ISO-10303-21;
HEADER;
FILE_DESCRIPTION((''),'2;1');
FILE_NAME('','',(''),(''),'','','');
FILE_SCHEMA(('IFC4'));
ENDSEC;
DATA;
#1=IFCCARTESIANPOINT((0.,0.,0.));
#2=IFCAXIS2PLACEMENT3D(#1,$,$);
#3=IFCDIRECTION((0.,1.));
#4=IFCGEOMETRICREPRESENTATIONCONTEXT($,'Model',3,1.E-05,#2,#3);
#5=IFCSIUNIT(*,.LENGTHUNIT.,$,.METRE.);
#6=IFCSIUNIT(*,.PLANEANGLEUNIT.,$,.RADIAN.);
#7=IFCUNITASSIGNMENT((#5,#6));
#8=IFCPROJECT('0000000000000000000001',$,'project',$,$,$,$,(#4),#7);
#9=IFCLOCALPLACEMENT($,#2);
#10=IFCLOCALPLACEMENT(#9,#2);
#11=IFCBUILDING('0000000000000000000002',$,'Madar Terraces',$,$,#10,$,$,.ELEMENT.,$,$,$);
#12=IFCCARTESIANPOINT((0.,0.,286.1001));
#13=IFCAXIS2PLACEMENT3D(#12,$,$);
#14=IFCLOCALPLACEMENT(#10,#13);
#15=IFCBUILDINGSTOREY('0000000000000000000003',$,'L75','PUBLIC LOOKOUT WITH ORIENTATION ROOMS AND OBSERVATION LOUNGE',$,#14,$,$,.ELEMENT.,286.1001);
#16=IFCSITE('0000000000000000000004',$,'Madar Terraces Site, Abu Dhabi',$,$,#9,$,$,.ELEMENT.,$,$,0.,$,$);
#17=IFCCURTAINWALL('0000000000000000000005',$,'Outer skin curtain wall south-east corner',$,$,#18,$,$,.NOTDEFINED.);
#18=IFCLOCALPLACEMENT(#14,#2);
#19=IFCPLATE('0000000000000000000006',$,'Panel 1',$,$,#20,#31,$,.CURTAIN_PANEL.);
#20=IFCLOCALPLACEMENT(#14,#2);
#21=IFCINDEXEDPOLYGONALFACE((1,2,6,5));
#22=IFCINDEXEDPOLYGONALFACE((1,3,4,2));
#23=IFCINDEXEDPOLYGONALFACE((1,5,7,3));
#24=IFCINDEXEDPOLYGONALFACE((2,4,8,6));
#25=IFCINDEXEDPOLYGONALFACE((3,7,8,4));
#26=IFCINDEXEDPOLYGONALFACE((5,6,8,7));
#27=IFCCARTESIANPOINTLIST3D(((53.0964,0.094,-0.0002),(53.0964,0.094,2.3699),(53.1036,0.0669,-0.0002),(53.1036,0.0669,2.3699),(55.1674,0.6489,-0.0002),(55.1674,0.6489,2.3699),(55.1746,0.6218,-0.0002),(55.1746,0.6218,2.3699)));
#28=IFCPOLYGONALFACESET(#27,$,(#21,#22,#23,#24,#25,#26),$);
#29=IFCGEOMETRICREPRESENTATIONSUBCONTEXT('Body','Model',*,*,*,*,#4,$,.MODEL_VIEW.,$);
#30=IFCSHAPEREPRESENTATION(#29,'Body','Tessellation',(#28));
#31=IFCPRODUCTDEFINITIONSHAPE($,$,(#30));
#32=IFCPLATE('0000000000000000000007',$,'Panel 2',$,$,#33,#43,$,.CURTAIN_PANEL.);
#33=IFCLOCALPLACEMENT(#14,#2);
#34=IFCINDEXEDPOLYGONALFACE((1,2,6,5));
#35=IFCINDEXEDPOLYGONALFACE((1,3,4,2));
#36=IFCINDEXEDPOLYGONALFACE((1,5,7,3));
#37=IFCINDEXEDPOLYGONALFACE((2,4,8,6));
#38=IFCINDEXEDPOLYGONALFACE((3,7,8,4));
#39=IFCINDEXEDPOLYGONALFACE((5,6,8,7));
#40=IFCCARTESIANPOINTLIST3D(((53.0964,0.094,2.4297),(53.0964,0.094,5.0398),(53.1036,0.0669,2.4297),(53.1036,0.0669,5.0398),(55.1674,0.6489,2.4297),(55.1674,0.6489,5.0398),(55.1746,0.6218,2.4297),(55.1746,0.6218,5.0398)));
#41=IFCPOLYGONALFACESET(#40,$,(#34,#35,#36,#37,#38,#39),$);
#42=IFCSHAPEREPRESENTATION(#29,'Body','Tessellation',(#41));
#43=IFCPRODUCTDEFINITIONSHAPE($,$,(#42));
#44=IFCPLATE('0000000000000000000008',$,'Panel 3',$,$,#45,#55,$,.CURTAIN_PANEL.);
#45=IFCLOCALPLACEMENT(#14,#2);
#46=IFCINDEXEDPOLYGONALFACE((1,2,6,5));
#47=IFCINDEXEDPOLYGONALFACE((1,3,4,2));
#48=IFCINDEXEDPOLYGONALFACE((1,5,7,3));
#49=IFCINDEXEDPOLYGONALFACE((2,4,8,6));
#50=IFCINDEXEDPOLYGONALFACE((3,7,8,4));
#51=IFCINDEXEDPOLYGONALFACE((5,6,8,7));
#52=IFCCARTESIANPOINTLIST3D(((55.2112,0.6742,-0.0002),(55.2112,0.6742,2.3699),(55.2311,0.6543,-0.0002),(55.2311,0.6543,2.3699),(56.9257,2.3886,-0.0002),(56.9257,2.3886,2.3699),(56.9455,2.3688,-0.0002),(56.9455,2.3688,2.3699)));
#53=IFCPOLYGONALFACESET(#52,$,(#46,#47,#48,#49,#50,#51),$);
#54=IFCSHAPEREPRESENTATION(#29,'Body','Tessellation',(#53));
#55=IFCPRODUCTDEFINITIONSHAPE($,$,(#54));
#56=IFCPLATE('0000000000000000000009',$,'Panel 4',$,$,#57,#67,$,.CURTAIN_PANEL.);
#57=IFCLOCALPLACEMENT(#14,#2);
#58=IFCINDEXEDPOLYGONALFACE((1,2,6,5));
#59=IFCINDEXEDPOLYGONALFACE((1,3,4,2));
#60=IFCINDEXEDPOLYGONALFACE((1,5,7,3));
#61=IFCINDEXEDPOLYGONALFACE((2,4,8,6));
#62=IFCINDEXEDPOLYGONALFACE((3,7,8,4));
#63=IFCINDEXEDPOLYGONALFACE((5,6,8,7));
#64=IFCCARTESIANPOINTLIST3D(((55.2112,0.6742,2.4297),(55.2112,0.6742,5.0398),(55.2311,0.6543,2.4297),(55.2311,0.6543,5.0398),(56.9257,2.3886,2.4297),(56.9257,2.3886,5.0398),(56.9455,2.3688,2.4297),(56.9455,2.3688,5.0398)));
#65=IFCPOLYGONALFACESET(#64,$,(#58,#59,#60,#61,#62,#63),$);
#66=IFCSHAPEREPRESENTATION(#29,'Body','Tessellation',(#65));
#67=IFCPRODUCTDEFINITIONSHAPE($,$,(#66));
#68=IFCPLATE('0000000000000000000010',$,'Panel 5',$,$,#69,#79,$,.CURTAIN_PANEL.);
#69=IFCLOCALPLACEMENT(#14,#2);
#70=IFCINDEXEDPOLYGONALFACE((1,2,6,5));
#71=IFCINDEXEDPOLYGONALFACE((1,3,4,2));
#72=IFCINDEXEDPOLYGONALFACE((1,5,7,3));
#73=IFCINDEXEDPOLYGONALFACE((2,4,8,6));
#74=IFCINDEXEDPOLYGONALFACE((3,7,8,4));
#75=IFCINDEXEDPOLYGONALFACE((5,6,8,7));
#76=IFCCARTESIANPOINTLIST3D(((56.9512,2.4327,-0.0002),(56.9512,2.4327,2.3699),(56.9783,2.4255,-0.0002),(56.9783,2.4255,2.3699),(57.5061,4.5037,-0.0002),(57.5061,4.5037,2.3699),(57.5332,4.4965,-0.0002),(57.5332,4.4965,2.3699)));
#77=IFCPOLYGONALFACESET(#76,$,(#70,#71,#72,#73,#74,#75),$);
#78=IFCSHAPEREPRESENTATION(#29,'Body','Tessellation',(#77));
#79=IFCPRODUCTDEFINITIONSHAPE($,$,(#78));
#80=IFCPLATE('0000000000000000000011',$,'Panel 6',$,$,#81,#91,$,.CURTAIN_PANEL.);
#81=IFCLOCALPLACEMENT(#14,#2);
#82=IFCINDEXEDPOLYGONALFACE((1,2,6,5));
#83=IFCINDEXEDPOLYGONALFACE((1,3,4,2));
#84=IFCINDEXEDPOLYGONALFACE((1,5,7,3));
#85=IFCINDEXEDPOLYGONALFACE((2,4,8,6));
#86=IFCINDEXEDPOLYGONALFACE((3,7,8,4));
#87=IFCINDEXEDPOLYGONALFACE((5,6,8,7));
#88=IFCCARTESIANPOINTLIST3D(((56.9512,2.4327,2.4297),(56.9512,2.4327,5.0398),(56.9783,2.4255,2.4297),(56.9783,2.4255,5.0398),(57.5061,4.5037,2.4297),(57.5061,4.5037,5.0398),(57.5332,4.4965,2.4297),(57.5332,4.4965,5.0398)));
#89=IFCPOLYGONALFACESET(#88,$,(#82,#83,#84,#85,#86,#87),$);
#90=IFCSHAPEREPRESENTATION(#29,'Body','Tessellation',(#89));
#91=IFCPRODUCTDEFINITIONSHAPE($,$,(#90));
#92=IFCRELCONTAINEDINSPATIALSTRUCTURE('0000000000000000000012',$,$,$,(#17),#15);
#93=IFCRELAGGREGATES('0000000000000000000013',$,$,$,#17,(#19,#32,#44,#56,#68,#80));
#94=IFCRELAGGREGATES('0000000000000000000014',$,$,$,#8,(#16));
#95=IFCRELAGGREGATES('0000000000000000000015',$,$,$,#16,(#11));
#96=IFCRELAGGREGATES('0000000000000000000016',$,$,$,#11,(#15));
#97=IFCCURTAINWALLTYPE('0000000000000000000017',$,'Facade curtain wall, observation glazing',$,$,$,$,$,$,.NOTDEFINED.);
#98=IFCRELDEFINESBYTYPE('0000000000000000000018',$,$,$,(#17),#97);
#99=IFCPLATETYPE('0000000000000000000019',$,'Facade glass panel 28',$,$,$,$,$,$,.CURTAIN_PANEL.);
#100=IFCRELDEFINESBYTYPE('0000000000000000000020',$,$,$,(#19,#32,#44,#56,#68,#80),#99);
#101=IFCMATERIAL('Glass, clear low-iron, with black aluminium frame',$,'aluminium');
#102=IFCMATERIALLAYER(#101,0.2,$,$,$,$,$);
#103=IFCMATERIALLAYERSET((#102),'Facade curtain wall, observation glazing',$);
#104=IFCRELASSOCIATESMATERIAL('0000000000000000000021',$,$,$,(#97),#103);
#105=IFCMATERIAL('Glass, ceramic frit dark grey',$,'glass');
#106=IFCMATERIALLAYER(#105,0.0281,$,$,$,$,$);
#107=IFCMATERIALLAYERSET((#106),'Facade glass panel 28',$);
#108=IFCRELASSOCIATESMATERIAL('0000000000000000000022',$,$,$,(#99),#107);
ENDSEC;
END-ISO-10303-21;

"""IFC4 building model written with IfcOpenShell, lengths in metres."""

from ifc_helpers import new_model, si_unit, direction, frame, origin, origin_2d, place, context, subcontext, project, spatial, rectangle, extrude, material, layer, layer_set, type_object, element, aggregate, save


model = new_model("IFC4")

# Units and contexts
model_context = context("Model", 3, precision=1e-05, world=origin(), true_north=direction((0.0, 1.0)))
body_context = subcontext(model_context, "Body", "Model", "MODEL_VIEW")
ifc_project = project(units=[si_unit("LENGTHUNIT", "METRE"), si_unit("PLANEANGLEUNIT", "RADIAN")], contexts=[model_context])

# Site, building, storey
site_placement = place(None, origin())
site = spatial("IfcSite", under=ifc_project, at=site_placement, Name="Madar Terraces Site, Abu Dhabi", CompositionType="ELEMENT", RefElevation=0.0)
building_placement = place(site_placement, origin())
building = spatial("IfcBuilding", under=site, at=building_placement, Name="Madar Terraces", CompositionType="ELEMENT")
storey_placement = place(building_placement, frame((0.0, 0.0, 286.1001)))
storey = spatial("IfcBuildingStorey", under=building, at=storey_placement, Name="L75", Description="PUBLIC LOOKOUT WITH ORIENTATION ROOMS AND OBSERVATION LOUNGE", CompositionType="ELEMENT", Elevation=286.1001)

# Curtain wall
ifc_material_1 = material(Name="Glass, clear low-iron, with black aluminium frame", Category="aluminium")
ifc_layer_1 = layer(ifc_material_1, 0.2)
ifc_layer_set_1 = layer_set([ifc_layer_1], Name="Facade curtain wall, observation glazing")
curtain_wall_type = type_object("IfcCurtainWallType", Name="Facade curtain wall, observation glazing", PredefinedType="NOTDEFINED", material=ifc_layer_set_1)
curtain_wall_1_placement = place(storey_placement, origin())
curtain_wall_1 = element("IfcCurtainWall", 1, at=curtain_wall_1_placement, inside=storey, type_object=curtain_wall_type, Name="Outer skin curtain wall south-east corner", PredefinedType="NOTDEFINED")

# Plates
ifc_material_2 = material(Name="Glass, ceramic frit dark grey", Category="glass")
ifc_layer_2 = layer(ifc_material_2, 0.0281)
ifc_layer_set_2 = layer_set([ifc_layer_2], Name="Facade glass panel 28")
plate_type = type_object("IfcPlateType", Name="Facade glass panel 28", PredefinedType="CURTAIN_PANEL", material=ifc_layer_set_2)
plate_1_placement = place(storey_placement, frame((54.1355, 0.3579, -0.0002), z_axis=(0.0, 0.0, 1.0), x_axis=(0.965926, 0.258819, 0.0)))
plate_1 = element("IfcPlate", 2, at=plate_1_placement, type_object=plate_type, Name="Panel 1", PredefinedType="CURTAIN_PANEL", context=body_context, shape_type="SweptSolid", body=[
    extrude(rectangle(XDim=2.144, YDim=0.0281, at=origin_2d()), origin(), (0.0, 0.0, 1.0), 2.3701),
])
plate_2_placement = place(storey_placement, frame((54.1355, 0.3579, 2.4297), z_axis=(0.0, 0.0, 1.0), x_axis=(0.965926, 0.258819, 0.0)))
plate_2 = element("IfcPlate", 3, at=plate_2_placement, type_object=plate_type, Name="Panel 2", PredefinedType="CURTAIN_PANEL", context=body_context, shape_type="SweptSolid", body=[
    extrude(rectangle(XDim=2.144, YDim=0.0281, at=origin_2d()), origin(), (0.0, 0.0, 1.0), 2.6101),
])
plate_3_placement = place(storey_placement, frame((56.0784, 1.5215, -0.0002), z_axis=(0.0, 0.0, 1.0), x_axis=(0.707107, 0.707107, 0.0)))
plate_3 = element("IfcPlate", 4, at=plate_3_placement, type_object=plate_type, Name="Panel 3", PredefinedType="CURTAIN_PANEL", context=body_context, shape_type="SweptSolid", body=[
    extrude(rectangle(XDim=2.4246, YDim=0.0281, at=origin_2d()), origin(), (0.0, 0.0, 1.0), 2.3701),
])
plate_4_placement = place(storey_placement, frame((56.0784, 1.5215, 2.4297), z_axis=(0.0, 0.0, 1.0), x_axis=(0.707107, 0.707107, 0.0)))
plate_4 = element("IfcPlate", 5, at=plate_4_placement, type_object=plate_type, Name="Panel 4", PredefinedType="CURTAIN_PANEL", context=body_context, shape_type="SweptSolid", body=[
    extrude(rectangle(XDim=2.4246, YDim=0.0281, at=origin_2d()), origin(), (0.0, 0.0, 1.0), 2.6101),
])
plate_5_placement = place(storey_placement, frame((57.2422, 3.4646, -0.0002), z_axis=(0.0, 0.0, 1.0), x_axis=(0.258819, 0.965926, 0.0)))
plate_5 = element("IfcPlate", 6, at=plate_5_placement, type_object=plate_type, Name="Panel 5", PredefinedType="CURTAIN_PANEL", context=body_context, shape_type="SweptSolid", body=[
    extrude(rectangle(XDim=2.144, YDim=0.0281, at=origin_2d()), origin(), (0.0, 0.0, 1.0), 2.3701),
])
plate_6_placement = place(storey_placement, frame((57.2422, 3.4646, 2.4297), z_axis=(0.0, 0.0, 1.0), x_axis=(0.258819, 0.965926, 0.0)))
plate_6 = element("IfcPlate", 7, at=plate_6_placement, type_object=plate_type, Name="Panel 6", PredefinedType="CURTAIN_PANEL", context=body_context, shape_type="SweptSolid", body=[
    extrude(rectangle(XDim=2.144, YDim=0.0281, at=origin_2d()), origin(), (0.0, 0.0, 1.0), 2.6101),
])
aggregate(curtain_wall_1, [plate_1, plate_2, plate_3, plate_4, plate_5, plate_6])

save(model, "model.ifc")
